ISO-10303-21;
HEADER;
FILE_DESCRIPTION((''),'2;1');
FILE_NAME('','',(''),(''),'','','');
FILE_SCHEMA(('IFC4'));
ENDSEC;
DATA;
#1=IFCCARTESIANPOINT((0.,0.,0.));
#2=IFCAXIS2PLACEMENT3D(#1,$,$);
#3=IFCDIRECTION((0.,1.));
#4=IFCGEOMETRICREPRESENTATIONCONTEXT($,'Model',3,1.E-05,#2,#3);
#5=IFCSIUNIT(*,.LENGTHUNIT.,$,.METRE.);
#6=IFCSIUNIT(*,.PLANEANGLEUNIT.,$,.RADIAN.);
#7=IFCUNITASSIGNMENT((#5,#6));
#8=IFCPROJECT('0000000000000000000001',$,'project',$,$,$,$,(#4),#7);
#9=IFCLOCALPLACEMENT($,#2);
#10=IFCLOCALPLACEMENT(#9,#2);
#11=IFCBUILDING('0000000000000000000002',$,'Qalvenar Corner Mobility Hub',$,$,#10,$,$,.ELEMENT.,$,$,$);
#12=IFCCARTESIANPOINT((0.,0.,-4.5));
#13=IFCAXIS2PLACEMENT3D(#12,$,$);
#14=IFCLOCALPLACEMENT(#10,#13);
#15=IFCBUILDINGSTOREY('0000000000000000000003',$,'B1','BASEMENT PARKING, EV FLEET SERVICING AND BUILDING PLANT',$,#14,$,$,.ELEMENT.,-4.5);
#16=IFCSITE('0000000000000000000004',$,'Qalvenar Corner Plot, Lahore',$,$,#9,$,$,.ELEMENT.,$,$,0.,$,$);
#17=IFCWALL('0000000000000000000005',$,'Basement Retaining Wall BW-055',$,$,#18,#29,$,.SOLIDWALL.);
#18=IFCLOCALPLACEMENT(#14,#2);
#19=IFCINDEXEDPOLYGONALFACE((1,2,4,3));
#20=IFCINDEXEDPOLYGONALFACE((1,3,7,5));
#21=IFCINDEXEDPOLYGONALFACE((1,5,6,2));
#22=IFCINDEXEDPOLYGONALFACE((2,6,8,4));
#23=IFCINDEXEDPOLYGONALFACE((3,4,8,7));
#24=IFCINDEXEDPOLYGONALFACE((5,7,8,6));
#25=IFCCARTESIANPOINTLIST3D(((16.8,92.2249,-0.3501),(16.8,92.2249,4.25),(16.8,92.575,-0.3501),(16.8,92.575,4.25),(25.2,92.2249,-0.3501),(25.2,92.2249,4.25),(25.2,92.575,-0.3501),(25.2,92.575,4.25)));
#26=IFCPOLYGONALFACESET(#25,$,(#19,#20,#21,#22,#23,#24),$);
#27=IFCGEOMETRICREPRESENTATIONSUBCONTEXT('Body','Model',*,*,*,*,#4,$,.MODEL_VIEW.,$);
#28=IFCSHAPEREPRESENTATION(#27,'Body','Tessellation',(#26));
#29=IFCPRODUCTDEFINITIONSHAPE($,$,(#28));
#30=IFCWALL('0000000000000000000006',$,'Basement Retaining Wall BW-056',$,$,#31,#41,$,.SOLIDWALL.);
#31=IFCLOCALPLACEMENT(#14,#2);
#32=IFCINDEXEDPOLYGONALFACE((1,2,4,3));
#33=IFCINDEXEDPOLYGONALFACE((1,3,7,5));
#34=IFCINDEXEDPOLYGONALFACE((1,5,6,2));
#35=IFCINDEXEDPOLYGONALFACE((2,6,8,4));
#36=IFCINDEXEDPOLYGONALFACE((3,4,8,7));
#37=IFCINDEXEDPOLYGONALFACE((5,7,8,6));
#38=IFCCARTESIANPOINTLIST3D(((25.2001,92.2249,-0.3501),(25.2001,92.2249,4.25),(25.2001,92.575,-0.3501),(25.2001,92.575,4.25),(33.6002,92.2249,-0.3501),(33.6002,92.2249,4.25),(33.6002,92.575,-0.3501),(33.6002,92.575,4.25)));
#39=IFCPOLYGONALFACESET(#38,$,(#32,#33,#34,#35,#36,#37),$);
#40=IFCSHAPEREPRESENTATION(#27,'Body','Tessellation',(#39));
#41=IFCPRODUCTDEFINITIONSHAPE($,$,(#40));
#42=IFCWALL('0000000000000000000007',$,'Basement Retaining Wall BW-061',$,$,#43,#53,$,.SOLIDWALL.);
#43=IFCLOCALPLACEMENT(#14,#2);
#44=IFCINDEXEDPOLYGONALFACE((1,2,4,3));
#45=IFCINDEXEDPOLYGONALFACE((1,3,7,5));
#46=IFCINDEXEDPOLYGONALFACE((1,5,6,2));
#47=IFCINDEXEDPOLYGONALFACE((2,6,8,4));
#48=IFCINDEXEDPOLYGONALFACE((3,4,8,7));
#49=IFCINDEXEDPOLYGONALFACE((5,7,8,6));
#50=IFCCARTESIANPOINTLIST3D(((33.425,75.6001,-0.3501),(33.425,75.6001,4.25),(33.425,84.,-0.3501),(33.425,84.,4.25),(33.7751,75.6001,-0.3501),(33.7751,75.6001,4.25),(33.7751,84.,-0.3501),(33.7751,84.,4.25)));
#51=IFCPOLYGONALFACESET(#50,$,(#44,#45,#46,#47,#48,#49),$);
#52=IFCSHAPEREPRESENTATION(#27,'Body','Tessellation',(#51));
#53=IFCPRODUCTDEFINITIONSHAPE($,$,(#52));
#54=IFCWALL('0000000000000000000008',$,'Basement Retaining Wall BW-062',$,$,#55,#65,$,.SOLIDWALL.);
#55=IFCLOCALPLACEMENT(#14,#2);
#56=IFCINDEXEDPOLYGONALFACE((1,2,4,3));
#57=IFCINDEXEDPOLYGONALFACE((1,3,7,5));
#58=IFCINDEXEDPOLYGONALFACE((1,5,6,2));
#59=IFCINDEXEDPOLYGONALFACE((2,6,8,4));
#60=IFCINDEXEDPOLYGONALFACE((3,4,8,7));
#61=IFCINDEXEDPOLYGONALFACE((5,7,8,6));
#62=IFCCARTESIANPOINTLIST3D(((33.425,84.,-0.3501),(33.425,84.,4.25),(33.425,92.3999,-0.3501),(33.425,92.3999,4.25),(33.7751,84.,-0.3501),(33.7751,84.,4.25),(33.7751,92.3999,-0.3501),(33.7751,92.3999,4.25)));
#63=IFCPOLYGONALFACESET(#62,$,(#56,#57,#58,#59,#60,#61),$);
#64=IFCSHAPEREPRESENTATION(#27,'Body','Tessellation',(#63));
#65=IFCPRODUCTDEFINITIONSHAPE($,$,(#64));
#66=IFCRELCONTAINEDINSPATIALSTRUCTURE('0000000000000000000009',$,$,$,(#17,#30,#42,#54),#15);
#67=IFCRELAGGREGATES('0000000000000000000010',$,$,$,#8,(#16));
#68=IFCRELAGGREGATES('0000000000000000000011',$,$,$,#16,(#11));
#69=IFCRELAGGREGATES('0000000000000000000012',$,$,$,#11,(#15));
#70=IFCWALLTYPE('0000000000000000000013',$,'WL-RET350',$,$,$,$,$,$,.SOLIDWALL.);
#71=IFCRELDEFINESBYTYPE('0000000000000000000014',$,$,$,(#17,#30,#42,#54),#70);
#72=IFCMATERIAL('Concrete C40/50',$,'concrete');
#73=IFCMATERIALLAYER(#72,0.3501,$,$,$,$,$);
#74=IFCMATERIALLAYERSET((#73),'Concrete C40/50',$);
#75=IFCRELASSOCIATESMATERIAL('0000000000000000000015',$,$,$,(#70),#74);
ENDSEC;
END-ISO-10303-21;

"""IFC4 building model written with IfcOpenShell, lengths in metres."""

from ifc_helpers import new_model, si_unit, direction, frame, frame_2d, origin, place, context, subcontext, project, spatial, rectangle, extrude, material, layer, layer_set, type_object, element, save


model = new_model("IFC4")

# Units and contexts
model_context = context("Model", 3, precision=1e-05, world=origin(), true_north=direction((0.0, 1.0)))
body_context = subcontext(model_context, "Body", "Model", "MODEL_VIEW")
ifc_project = project(units=[si_unit("LENGTHUNIT", "METRE"), si_unit("PLANEANGLEUNIT", "RADIAN")], contexts=[model_context])

# Site, building, storey
site_placement = place(None, origin())
site = spatial("IfcSite", under=ifc_project, at=site_placement, Name="Qalvenar Corner Plot, Lahore", CompositionType="ELEMENT", RefElevation=0.0)
building_placement = place(site_placement, origin())
building = spatial("IfcBuilding", under=site, at=building_placement, Name="Qalvenar Corner Mobility Hub", CompositionType="ELEMENT")
storey_placement = place(building_placement, frame((0.0, 0.0, -4.5)))
storey = spatial("IfcBuildingStorey", under=building, at=storey_placement, Name="B1", Description="BASEMENT PARKING, EV FLEET SERVICING AND BUILDING PLANT", CompositionType="ELEMENT", Elevation=-4.5)

# Shared definitions
ifc_material_1 = material(Name="Concrete C40/50", Category="concrete")

# Walls
ifc_layer = layer(ifc_material_1, 0.3501)
ifc_layer_set = layer_set([ifc_layer], Name="Concrete C40/50")
wall_type = type_object("IfcWallType", Name="WL-RET350", PredefinedType="SOLIDWALL", material=ifc_layer_set)
wall_1_placement = place(storey_placement, frame((16.8, 92.3999, -0.3501), z_axis=(0.0, 0.0, 1.0), x_axis=(1.0, 0.0, 0.0)))
element("IfcWall", 1, at=wall_1_placement, inside=storey, type_object=wall_type, Name="Basement Retaining Wall BW-055", PredefinedType="SOLIDWALL", context=body_context, shape_type="SweptSolid", body=[
    extrude(rectangle(XDim=8.3999, YDim=0.3501, at=frame_2d((4.2, 0.0))), origin(), (0.0, 0.0, 1.0), 4.6001),
])
wall_2_placement = place(storey_placement, frame((25.2, 92.3999, -0.3501), z_axis=(0.0, 0.0, 1.0), x_axis=(1.0, 0.0, 0.0)))
element("IfcWall", 2, at=wall_2_placement, inside=storey, type_object=wall_type, Name="Basement Retaining Wall BW-056", PredefinedType="SOLIDWALL", context=body_context, shape_type="SweptSolid", body=[
    extrude(rectangle(XDim=8.4001, YDim=0.3501, at=frame_2d((4.2002, 0.0))), origin(), (0.0, 0.0, 1.0), 4.6001),
])
for number, where, z_axis, x_axis, name in (
    (3, (33.6001, 84.0, -0.3501), (0.0, 0.0, 1.0), (0.0, -1.0, 0.0), "Basement Retaining Wall BW-061"),
    (4, (33.6001, 92.3999, -0.3501), (0.0, 0.0, 1.0), (0.0, -1.0, 0.0), "Basement Retaining Wall BW-062"),
):
    element("IfcWall", number, at=place(storey_placement, frame(where, z_axis=z_axis, x_axis=x_axis)), inside=storey, type_object=wall_type, Name=name, PredefinedType="SOLIDWALL", context=body_context, shape_type="SweptSolid", body=[
        extrude(rectangle(XDim=8.3999, YDim=0.3501, at=frame_2d((4.2, 0.0))), origin(), (0.0, 0.0, 1.0), 4.6001),
    ])

save(model, "model.ifc")
